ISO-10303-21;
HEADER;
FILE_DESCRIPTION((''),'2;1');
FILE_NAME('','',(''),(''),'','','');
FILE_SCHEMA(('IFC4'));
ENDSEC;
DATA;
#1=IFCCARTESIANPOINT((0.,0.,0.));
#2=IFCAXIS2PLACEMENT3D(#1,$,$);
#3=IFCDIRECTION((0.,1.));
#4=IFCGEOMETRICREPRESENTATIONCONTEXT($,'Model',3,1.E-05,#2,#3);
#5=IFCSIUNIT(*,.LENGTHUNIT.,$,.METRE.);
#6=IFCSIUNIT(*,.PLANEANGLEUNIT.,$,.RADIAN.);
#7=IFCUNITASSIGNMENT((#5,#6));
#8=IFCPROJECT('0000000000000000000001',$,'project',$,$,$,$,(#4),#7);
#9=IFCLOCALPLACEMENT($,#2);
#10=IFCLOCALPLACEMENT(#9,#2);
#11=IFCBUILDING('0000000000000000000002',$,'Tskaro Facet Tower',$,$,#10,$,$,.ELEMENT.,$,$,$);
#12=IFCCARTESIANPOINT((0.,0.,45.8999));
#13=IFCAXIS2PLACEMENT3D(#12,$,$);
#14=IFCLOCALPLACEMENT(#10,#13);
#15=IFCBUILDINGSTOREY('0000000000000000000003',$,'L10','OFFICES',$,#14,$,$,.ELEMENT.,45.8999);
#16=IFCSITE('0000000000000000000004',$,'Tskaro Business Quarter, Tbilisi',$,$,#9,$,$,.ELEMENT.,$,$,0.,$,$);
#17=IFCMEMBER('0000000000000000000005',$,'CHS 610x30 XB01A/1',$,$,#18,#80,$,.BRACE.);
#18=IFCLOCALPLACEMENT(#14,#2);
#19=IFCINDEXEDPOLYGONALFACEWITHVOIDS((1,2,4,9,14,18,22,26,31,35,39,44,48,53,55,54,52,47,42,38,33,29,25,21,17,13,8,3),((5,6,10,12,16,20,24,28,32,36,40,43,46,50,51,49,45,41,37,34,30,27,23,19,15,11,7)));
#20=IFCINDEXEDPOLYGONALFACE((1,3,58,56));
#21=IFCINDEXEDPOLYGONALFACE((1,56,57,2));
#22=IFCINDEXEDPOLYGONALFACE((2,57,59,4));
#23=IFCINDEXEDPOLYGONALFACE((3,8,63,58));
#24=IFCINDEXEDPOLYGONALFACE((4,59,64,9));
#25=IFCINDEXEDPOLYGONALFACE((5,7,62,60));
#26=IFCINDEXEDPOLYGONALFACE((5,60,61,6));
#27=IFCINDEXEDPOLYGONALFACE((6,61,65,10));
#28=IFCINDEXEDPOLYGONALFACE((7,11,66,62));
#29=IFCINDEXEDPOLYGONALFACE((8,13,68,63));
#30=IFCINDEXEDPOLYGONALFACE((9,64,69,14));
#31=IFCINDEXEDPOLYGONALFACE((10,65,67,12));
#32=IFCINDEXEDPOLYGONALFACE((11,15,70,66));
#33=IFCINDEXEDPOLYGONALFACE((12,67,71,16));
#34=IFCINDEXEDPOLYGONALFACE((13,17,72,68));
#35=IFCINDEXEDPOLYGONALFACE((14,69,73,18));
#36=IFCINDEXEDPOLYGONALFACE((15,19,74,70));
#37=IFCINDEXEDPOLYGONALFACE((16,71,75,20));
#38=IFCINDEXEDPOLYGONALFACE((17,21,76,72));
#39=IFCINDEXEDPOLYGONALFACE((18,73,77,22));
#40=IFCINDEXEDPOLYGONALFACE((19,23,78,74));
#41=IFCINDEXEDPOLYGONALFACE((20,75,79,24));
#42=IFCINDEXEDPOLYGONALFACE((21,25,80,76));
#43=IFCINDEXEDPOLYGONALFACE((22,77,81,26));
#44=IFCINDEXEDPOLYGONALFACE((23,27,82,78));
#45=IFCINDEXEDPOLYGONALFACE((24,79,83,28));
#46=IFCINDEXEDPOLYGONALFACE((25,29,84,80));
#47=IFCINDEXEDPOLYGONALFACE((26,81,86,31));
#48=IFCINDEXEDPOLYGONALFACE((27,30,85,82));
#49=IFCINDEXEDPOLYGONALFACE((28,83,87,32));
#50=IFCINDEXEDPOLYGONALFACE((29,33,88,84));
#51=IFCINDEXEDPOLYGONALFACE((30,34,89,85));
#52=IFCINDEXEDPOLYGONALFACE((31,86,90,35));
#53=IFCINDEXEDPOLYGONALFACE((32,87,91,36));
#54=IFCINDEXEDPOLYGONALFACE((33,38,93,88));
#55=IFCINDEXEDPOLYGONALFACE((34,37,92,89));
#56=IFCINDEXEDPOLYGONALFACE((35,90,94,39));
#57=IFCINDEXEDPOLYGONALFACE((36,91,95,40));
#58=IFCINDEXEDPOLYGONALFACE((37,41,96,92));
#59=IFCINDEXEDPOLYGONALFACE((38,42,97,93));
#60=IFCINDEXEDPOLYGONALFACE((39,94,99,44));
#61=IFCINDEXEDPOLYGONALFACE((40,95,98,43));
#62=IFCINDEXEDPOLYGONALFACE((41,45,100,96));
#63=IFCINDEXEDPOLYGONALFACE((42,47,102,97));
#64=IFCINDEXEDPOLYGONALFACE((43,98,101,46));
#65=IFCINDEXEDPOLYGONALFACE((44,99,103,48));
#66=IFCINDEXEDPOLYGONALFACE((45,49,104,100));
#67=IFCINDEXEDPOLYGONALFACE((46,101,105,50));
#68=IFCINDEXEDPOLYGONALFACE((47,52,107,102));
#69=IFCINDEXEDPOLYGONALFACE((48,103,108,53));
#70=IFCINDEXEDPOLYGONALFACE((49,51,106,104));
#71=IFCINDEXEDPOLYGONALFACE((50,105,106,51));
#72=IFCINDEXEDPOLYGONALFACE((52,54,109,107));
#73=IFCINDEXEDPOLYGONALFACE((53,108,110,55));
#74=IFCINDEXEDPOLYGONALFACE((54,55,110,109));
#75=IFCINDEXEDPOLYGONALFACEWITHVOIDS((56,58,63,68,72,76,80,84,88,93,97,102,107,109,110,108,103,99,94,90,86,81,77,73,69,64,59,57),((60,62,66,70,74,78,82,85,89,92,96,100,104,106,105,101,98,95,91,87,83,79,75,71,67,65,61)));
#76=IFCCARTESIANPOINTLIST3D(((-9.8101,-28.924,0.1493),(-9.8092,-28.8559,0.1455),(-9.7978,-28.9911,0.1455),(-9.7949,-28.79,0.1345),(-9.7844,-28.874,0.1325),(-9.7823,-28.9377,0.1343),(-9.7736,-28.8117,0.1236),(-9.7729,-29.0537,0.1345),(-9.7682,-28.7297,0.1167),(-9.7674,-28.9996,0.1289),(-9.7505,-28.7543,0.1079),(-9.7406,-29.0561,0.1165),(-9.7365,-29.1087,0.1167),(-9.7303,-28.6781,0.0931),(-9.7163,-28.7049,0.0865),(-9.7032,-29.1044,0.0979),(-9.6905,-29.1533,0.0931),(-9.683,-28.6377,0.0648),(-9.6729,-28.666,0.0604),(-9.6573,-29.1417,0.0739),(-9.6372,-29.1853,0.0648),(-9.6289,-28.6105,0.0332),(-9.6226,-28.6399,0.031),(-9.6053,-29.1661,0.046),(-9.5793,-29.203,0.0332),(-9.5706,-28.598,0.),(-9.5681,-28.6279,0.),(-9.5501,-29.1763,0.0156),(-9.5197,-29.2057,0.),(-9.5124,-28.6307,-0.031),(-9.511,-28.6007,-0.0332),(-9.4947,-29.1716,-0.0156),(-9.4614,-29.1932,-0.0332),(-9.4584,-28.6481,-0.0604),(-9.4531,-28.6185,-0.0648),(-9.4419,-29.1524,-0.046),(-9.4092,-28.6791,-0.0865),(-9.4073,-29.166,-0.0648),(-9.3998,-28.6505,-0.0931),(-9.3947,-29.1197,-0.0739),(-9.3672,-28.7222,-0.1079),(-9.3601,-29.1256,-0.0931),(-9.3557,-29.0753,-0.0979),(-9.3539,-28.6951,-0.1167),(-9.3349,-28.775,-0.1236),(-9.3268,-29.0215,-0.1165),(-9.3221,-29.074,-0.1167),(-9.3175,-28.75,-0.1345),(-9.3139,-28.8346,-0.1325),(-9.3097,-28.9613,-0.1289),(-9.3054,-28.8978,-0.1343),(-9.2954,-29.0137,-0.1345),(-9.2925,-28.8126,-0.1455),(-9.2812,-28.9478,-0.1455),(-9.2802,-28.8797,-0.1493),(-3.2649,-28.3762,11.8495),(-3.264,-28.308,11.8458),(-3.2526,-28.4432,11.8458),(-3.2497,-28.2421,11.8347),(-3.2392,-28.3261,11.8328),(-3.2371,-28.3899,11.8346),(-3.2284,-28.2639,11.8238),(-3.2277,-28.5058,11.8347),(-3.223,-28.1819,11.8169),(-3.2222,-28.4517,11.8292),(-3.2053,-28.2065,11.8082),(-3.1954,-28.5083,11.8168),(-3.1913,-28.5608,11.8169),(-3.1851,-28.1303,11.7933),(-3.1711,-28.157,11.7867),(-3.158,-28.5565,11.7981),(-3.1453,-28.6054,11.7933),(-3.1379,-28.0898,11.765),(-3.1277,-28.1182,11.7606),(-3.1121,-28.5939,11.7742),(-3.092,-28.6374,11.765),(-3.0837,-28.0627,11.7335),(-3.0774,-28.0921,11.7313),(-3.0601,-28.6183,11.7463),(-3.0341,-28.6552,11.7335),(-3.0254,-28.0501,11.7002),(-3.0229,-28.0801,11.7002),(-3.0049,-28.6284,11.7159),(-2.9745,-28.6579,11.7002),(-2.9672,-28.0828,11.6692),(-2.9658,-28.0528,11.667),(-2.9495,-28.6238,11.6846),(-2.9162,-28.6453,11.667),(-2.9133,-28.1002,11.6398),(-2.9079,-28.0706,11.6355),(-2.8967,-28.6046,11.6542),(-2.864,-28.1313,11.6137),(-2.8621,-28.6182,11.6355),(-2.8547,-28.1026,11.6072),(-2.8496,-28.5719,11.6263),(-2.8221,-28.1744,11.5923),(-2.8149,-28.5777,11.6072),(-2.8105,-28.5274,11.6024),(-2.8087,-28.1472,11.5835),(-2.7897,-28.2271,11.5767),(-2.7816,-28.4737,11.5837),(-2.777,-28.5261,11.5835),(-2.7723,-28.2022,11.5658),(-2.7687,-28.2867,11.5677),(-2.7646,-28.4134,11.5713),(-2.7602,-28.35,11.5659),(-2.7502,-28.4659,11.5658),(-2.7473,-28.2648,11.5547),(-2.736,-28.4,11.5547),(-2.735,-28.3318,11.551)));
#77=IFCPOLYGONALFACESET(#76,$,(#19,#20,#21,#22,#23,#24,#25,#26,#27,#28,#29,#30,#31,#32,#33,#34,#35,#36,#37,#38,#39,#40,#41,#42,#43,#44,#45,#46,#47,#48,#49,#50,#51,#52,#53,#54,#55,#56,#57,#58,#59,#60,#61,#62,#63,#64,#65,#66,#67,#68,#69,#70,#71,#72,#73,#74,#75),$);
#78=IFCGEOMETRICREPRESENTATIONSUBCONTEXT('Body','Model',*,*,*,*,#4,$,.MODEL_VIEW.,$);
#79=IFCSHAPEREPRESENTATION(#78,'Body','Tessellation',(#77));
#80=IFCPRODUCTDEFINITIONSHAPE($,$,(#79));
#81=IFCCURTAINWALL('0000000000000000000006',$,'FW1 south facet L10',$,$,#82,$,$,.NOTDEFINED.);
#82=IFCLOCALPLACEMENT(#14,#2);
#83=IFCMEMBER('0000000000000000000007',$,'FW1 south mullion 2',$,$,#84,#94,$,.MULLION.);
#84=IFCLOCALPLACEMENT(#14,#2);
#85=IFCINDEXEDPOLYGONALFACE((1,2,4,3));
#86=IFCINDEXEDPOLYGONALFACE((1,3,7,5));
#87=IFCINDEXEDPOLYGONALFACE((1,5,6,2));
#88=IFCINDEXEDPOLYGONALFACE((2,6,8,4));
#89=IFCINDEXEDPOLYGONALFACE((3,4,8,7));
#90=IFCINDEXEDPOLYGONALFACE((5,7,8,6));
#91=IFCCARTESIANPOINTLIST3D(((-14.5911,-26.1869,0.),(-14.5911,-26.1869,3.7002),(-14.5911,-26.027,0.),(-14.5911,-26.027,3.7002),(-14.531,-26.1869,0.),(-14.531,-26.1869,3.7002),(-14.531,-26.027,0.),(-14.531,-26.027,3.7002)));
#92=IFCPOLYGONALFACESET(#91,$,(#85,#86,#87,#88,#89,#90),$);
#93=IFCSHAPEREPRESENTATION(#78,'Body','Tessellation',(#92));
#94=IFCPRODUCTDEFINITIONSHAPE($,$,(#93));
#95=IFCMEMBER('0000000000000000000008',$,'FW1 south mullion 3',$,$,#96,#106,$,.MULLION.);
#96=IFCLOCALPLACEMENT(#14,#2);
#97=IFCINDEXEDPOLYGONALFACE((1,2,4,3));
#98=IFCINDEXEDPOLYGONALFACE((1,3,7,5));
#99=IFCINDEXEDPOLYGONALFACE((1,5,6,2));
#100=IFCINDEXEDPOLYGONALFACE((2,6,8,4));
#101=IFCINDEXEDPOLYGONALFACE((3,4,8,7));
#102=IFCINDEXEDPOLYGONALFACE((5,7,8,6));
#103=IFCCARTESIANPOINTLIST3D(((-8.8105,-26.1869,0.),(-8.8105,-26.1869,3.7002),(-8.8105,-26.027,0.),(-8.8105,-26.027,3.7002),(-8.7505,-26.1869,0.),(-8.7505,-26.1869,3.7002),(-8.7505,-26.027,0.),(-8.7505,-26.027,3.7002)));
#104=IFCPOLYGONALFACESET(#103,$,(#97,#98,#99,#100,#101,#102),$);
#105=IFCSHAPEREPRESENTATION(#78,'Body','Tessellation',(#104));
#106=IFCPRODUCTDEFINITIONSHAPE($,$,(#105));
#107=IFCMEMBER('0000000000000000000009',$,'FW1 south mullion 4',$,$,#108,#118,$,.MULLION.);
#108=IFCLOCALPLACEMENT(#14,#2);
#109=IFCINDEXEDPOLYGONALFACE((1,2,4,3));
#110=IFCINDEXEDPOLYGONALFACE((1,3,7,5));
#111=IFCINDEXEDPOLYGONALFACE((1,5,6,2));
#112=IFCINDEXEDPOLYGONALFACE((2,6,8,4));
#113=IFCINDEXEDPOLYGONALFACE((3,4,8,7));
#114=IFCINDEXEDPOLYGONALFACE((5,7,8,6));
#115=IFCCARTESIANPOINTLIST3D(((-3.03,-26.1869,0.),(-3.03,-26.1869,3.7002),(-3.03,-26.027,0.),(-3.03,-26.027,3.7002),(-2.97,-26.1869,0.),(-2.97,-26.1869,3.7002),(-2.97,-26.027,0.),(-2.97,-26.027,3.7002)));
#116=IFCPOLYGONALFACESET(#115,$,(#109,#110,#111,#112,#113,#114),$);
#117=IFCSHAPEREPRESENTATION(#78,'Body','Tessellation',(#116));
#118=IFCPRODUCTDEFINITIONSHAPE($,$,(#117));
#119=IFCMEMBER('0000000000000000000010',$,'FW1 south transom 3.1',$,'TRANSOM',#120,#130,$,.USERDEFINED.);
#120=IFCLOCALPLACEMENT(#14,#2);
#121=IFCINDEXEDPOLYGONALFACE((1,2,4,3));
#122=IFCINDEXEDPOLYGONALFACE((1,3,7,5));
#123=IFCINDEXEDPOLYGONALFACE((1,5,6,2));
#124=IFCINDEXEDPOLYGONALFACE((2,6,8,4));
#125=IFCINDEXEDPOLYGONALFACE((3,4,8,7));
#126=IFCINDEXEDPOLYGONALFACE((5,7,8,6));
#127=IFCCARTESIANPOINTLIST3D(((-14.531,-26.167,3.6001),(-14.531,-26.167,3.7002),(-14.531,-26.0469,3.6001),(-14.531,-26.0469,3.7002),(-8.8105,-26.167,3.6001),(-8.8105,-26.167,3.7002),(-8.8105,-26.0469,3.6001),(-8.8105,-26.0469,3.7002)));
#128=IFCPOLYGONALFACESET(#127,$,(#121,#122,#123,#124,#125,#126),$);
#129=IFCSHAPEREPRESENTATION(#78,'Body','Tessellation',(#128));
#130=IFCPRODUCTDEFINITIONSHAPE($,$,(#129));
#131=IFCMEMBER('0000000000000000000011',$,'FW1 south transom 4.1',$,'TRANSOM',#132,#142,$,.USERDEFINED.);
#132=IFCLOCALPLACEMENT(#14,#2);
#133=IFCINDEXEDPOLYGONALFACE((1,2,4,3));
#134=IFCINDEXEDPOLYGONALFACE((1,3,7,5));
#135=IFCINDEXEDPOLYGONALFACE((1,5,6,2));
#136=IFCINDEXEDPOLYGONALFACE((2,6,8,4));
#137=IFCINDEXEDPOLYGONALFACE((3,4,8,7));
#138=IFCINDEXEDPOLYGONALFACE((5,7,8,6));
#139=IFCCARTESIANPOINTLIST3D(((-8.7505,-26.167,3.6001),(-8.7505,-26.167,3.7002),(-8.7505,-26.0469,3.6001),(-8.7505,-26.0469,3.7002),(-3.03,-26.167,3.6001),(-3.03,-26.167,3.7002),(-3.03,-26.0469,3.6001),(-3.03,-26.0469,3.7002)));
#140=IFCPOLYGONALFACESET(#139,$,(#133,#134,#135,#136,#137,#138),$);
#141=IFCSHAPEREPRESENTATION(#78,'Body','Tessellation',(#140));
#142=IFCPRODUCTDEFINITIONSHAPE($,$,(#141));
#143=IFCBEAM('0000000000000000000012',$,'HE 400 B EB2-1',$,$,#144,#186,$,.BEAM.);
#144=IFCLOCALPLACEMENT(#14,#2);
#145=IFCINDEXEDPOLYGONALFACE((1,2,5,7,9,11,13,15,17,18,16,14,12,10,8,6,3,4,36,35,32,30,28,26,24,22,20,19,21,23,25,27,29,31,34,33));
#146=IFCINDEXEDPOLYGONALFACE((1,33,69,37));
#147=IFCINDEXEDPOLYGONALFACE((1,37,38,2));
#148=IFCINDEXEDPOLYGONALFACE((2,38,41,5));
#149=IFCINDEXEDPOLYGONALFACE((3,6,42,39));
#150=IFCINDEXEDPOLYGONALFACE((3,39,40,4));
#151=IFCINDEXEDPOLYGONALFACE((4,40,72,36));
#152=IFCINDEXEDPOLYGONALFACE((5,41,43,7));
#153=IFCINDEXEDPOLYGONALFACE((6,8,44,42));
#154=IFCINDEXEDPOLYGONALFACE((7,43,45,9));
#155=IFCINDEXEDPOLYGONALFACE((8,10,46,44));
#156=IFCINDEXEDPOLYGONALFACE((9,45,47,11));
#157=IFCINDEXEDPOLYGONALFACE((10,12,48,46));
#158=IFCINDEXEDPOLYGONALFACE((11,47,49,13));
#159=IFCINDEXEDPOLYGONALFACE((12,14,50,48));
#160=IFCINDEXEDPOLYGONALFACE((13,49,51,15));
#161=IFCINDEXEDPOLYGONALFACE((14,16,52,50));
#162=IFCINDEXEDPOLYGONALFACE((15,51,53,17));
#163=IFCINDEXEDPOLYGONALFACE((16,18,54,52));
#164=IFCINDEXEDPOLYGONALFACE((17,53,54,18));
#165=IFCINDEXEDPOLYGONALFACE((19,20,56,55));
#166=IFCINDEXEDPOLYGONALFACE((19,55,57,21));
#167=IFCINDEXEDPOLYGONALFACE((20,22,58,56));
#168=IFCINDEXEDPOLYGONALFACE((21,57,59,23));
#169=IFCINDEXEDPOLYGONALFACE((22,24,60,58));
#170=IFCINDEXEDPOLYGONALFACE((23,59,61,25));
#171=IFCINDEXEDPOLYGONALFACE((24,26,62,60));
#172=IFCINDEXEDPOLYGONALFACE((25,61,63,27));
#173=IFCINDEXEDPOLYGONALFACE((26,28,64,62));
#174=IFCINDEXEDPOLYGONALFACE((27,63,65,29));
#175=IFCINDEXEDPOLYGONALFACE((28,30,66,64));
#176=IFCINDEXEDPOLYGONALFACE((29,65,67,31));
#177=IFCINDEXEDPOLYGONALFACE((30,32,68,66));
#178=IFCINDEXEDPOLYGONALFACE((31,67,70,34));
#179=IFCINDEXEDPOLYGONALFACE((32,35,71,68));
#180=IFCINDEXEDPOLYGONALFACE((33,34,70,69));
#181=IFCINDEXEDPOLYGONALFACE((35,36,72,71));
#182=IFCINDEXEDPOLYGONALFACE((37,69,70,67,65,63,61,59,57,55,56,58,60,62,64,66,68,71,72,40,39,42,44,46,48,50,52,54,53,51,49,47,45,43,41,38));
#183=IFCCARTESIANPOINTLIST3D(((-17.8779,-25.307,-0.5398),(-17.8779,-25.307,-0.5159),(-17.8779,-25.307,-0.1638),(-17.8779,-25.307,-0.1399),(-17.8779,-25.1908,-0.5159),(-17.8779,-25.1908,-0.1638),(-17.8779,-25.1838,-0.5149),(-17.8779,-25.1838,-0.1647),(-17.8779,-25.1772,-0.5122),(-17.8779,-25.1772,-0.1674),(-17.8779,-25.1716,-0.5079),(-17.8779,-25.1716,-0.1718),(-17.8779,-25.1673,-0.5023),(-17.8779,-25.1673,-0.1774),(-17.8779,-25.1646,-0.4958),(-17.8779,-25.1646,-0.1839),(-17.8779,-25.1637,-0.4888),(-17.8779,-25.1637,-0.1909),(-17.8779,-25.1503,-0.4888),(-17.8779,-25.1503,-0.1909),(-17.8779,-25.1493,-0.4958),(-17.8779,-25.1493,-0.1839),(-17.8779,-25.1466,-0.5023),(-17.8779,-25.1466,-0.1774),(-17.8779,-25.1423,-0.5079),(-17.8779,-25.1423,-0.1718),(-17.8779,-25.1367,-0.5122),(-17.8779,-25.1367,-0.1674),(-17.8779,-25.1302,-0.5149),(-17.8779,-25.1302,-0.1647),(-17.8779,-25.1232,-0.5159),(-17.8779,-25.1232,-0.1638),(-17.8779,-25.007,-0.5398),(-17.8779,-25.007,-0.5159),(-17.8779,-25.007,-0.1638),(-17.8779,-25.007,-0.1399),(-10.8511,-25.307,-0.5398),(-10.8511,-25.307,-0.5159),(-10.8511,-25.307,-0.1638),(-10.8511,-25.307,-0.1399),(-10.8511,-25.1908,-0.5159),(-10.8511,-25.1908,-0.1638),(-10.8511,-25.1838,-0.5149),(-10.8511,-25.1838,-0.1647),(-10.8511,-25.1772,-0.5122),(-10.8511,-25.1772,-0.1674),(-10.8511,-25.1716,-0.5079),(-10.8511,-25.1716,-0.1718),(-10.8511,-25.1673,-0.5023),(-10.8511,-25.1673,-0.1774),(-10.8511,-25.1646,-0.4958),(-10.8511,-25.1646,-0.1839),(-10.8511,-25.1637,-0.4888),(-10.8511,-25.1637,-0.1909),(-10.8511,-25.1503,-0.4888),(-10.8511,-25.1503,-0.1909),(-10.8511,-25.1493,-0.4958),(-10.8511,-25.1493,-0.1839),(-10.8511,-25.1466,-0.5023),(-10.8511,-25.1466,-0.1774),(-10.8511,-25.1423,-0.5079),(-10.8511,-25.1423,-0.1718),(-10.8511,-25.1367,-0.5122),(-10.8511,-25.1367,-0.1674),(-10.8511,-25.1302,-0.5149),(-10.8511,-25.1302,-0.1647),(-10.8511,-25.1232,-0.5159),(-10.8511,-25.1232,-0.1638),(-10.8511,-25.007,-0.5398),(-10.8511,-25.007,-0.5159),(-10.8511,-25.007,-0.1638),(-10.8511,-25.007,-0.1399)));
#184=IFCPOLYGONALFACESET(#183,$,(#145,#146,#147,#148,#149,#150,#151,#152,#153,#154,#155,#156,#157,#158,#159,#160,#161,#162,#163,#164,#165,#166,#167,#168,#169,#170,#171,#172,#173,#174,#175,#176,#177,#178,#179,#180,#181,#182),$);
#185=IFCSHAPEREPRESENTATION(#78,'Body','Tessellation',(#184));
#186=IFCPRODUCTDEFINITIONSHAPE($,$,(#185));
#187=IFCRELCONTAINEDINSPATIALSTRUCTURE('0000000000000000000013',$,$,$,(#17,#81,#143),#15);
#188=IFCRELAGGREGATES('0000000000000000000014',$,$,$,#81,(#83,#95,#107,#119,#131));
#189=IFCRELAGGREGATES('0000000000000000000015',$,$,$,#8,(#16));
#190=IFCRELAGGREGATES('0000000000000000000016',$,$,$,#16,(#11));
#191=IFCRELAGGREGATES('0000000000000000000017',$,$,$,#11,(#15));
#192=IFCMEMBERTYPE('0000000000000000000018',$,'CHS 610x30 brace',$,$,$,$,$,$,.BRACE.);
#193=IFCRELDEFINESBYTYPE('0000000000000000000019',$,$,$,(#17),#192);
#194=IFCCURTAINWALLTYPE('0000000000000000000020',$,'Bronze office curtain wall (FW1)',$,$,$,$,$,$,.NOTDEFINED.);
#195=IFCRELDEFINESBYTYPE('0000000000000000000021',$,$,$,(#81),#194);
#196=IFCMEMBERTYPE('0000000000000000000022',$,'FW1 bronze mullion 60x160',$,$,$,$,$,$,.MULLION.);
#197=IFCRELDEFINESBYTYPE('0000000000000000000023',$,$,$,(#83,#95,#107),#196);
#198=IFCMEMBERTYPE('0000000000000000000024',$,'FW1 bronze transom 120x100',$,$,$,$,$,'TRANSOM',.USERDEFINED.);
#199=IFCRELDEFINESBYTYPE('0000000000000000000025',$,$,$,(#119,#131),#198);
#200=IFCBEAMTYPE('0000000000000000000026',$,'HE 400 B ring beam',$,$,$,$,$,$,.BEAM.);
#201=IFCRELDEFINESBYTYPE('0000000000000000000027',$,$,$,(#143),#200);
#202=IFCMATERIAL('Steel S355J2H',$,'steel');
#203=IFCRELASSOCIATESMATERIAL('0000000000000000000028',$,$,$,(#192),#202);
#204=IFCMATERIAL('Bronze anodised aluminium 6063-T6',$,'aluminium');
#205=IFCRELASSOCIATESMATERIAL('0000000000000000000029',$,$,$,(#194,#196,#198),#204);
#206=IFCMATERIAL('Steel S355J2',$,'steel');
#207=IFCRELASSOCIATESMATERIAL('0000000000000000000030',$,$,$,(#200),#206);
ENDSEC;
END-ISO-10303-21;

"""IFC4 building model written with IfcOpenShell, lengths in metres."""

from ifc_helpers import new_model, si_unit, direction, frame, origin, origin_2d, place, context, subcontext, project, spatial, rectangle, hollow_circle, i_section, extrude, material, material_profile, profile_set, type_object, element, aggregate, save


model = new_model("IFC4")

# Units and contexts
model_context = context("Model", 3, precision=1e-05, world=origin(), true_north=direction((0.0, 1.0)))
body_context = subcontext(model_context, "Body", "Model", "MODEL_VIEW")
ifc_project = project(units=[si_unit("LENGTHUNIT", "METRE"), si_unit("PLANEANGLEUNIT", "RADIAN")], contexts=[model_context])

# Site, building, storey
site_placement = place(None, origin())
site = spatial("IfcSite", under=ifc_project, at=site_placement, Name="Tskaro Business Quarter, Tbilisi", CompositionType="ELEMENT", RefElevation=0.0)
building_placement = place(site_placement, origin())
building = spatial("IfcBuilding", under=site, at=building_placement, Name="Tskaro Facet Tower", CompositionType="ELEMENT")
storey_placement = place(building_placement, frame((0.0, 0.0, 45.8999)))
storey = spatial("IfcBuildingStorey", under=building, at=storey_placement, Name="L10", Description="OFFICES", CompositionType="ELEMENT", Elevation=45.8999)

# Shared definitions
ifc_material_1 = material(Name="Steel S355J2H", Category="steel")

# Member
ifc_material_profile_1 = material_profile(ifc_material_1, hollow_circle(Radius=0.3049, WallThickness=0.03, at=origin_2d()), Name="CHS 610x30")
ifc_profile_set_1 = profile_set([ifc_material_profile_1], Name="Steel S355J2H")
member_type_1 = type_object("IfcMemberType", Name="CHS 610x30 brace", PredefinedType="BRACE", material=ifc_profile_set_1)
member_1_placement = place(storey_placement, frame((-9.5452, -28.9019, 0.0), z_axis=(0.487802, 0.040831, 0.871999), x_axis=(-0.083412, 0.996515, 0.0)))
element("IfcMember", 1, at=member_1_placement, inside=storey, type_object=member_type_1, Name="CHS 610x30 XB01A/1", PredefinedType="BRACE", context=body_context, shape_type="SweptSolid", body=[
    extrude(hollow_circle(Radius=0.3049, WallThickness=0.03, at=origin_2d()), origin(), (0.0, 0.0, 1.0), 13.4177),
])

# Curtain wall, members
ifc_material_2 = material(Name="Bronze anodised aluminium 6063-T6", Category="aluminium")
curtain_wall_type = type_object("IfcCurtainWallType", Name="Bronze office curtain wall (FW1)", PredefinedType="NOTDEFINED", material=ifc_material_2)
curtain_wall_placement = place(storey_placement, origin())
curtain_wall = element("IfcCurtainWall", 2, at=curtain_wall_placement, inside=storey, type_object=curtain_wall_type, Name="FW1 south facet L10", PredefinedType="NOTDEFINED")
ifc_material_profile_2 = material_profile(ifc_material_2, rectangle(XDim=0.0601, YDim=0.1599, at=origin_2d()), Name="Mullion 60x160")
ifc_profile_set_2 = profile_set([ifc_material_profile_2], Name="Bronze anodised aluminium 6063-T6")
member_type_2 = type_object("IfcMemberType", Name="FW1 bronze mullion 60x160", PredefinedType="MULLION", material=ifc_profile_set_2)
member_2_placement = place(storey_placement, frame((-14.561, -26.1069, 0.0), z_axis=(0.0, 0.0, 1.0), x_axis=(1.0, 0.0, 0.0)))
member_2 = element("IfcMember", 3, at=member_2_placement, type_object=member_type_2, Name="FW1 south mullion 2", PredefinedType="MULLION", context=body_context, shape_type="SweptSolid", body=[
    extrude(rectangle(XDim=0.0601, YDim=0.1599, at=origin_2d()), origin(), (0.0, 0.0, 1.0), 3.7002),
])
member_3_placement = place(storey_placement, frame((-8.7805, -26.1069, 0.0), z_axis=(0.0, 0.0, 1.0), x_axis=(1.0, 0.0, 0.0)))
member_3 = element("IfcMember", 4, at=member_3_placement, type_object=member_type_2, Name="FW1 south mullion 3", PredefinedType="MULLION", context=body_context, shape_type="SweptSolid", body=[
    extrude(rectangle(XDim=0.0601, YDim=0.1599, at=origin_2d()), origin(), (0.0, 0.0, 1.0), 3.7002),
])
member_4_placement = place(storey_placement, frame((-3.0, -26.1069, 0.0), z_axis=(0.0, 0.0, 1.0), x_axis=(1.0, 0.0, 0.0)))
member_4 = element("IfcMember", 5, at=member_4_placement, type_object=member_type_2, Name="FW1 south mullion 4", PredefinedType="MULLION", context=body_context, shape_type="SweptSolid", body=[
    extrude(rectangle(XDim=0.0601, YDim=0.1599, at=origin_2d()), origin(), (0.0, 0.0, 1.0), 3.7002),
])
ifc_material_profile_3 = material_profile(ifc_material_2, rectangle(XDim=0.1201, YDim=0.1001, at=origin_2d()), Name="Transom 120x100")
ifc_profile_set_3 = profile_set([ifc_material_profile_3], Name="Bronze anodised aluminium 6063-T6")
member_type_3 = type_object("IfcMemberType", Name="FW1 bronze transom 120x100", ElementType="TRANSOM", PredefinedType="USERDEFINED", material=ifc_profile_set_3)
member_5_placement = place(storey_placement, frame((-14.531, -26.1069, 3.6501), z_axis=(1.0, 0.0, 0.0), x_axis=(0.0, 1.0, 0.0)))
member_5 = element("IfcMember", 6, at=member_5_placement, type_object=member_type_3, Name="FW1 south transom 3.1", ObjectType="TRANSOM", PredefinedType="USERDEFINED", context=body_context, shape_type="SweptSolid", body=[
    extrude(rectangle(XDim=0.1201, YDim=0.1001, at=origin_2d()), origin(), (0.0, 0.0, 1.0), 5.7205),
])
member_6_placement = place(storey_placement, frame((-8.7505, -26.1069, 3.6501), z_axis=(1.0, 0.0, 0.0), x_axis=(0.0, 1.0, 0.0)))
member_6 = element("IfcMember", 7, at=member_6_placement, type_object=member_type_3, Name="FW1 south transom 4.1", ObjectType="TRANSOM", PredefinedType="USERDEFINED", context=body_context, shape_type="SweptSolid", body=[
    extrude(rectangle(XDim=0.1201, YDim=0.1001, at=origin_2d()), origin(), (0.0, 0.0, 1.0), 5.7205),
])

# Beam
ifc_material_3 = material(Name="Steel S355J2", Category="steel")
ifc_material_profile_4 = material_profile(ifc_material_3, i_section(OverallWidth=0.3, OverallDepth=0.3999, WebThickness=0.0134, FlangeThickness=0.0239, FilletRadius=0.0271, at=origin_2d()), Name="HE 400 B")
ifc_profile_set_4 = profile_set([ifc_material_profile_4], Name="Steel S355J2")
beam_type_1 = type_object("IfcBeamType", Name="HE 400 B ring beam", PredefinedType="BEAM", material=ifc_profile_set_4)
beam_1_placement = place(storey_placement, frame((-17.8779, -25.157, -0.3398), z_axis=(1.0, 0.0, 0.0), x_axis=(0.0, 1.0, 0.0)))
element("IfcBeam", 8, at=beam_1_placement, inside=storey, type_object=beam_type_1, Name="HE 400 B EB2-1", PredefinedType="BEAM", context=body_context, shape_type="SweptSolid", body=[
    extrude(i_section(OverallWidth=0.3, OverallDepth=0.3999, WebThickness=0.0134, FlangeThickness=0.0239, FilletRadius=0.0271, at=origin_2d()), origin(), (0.0, 0.0, 1.0), 7.0269),
])

aggregate(curtain_wall, [member_2, member_3, member_4, member_5, member_6])

save(model, "model.ifc")
